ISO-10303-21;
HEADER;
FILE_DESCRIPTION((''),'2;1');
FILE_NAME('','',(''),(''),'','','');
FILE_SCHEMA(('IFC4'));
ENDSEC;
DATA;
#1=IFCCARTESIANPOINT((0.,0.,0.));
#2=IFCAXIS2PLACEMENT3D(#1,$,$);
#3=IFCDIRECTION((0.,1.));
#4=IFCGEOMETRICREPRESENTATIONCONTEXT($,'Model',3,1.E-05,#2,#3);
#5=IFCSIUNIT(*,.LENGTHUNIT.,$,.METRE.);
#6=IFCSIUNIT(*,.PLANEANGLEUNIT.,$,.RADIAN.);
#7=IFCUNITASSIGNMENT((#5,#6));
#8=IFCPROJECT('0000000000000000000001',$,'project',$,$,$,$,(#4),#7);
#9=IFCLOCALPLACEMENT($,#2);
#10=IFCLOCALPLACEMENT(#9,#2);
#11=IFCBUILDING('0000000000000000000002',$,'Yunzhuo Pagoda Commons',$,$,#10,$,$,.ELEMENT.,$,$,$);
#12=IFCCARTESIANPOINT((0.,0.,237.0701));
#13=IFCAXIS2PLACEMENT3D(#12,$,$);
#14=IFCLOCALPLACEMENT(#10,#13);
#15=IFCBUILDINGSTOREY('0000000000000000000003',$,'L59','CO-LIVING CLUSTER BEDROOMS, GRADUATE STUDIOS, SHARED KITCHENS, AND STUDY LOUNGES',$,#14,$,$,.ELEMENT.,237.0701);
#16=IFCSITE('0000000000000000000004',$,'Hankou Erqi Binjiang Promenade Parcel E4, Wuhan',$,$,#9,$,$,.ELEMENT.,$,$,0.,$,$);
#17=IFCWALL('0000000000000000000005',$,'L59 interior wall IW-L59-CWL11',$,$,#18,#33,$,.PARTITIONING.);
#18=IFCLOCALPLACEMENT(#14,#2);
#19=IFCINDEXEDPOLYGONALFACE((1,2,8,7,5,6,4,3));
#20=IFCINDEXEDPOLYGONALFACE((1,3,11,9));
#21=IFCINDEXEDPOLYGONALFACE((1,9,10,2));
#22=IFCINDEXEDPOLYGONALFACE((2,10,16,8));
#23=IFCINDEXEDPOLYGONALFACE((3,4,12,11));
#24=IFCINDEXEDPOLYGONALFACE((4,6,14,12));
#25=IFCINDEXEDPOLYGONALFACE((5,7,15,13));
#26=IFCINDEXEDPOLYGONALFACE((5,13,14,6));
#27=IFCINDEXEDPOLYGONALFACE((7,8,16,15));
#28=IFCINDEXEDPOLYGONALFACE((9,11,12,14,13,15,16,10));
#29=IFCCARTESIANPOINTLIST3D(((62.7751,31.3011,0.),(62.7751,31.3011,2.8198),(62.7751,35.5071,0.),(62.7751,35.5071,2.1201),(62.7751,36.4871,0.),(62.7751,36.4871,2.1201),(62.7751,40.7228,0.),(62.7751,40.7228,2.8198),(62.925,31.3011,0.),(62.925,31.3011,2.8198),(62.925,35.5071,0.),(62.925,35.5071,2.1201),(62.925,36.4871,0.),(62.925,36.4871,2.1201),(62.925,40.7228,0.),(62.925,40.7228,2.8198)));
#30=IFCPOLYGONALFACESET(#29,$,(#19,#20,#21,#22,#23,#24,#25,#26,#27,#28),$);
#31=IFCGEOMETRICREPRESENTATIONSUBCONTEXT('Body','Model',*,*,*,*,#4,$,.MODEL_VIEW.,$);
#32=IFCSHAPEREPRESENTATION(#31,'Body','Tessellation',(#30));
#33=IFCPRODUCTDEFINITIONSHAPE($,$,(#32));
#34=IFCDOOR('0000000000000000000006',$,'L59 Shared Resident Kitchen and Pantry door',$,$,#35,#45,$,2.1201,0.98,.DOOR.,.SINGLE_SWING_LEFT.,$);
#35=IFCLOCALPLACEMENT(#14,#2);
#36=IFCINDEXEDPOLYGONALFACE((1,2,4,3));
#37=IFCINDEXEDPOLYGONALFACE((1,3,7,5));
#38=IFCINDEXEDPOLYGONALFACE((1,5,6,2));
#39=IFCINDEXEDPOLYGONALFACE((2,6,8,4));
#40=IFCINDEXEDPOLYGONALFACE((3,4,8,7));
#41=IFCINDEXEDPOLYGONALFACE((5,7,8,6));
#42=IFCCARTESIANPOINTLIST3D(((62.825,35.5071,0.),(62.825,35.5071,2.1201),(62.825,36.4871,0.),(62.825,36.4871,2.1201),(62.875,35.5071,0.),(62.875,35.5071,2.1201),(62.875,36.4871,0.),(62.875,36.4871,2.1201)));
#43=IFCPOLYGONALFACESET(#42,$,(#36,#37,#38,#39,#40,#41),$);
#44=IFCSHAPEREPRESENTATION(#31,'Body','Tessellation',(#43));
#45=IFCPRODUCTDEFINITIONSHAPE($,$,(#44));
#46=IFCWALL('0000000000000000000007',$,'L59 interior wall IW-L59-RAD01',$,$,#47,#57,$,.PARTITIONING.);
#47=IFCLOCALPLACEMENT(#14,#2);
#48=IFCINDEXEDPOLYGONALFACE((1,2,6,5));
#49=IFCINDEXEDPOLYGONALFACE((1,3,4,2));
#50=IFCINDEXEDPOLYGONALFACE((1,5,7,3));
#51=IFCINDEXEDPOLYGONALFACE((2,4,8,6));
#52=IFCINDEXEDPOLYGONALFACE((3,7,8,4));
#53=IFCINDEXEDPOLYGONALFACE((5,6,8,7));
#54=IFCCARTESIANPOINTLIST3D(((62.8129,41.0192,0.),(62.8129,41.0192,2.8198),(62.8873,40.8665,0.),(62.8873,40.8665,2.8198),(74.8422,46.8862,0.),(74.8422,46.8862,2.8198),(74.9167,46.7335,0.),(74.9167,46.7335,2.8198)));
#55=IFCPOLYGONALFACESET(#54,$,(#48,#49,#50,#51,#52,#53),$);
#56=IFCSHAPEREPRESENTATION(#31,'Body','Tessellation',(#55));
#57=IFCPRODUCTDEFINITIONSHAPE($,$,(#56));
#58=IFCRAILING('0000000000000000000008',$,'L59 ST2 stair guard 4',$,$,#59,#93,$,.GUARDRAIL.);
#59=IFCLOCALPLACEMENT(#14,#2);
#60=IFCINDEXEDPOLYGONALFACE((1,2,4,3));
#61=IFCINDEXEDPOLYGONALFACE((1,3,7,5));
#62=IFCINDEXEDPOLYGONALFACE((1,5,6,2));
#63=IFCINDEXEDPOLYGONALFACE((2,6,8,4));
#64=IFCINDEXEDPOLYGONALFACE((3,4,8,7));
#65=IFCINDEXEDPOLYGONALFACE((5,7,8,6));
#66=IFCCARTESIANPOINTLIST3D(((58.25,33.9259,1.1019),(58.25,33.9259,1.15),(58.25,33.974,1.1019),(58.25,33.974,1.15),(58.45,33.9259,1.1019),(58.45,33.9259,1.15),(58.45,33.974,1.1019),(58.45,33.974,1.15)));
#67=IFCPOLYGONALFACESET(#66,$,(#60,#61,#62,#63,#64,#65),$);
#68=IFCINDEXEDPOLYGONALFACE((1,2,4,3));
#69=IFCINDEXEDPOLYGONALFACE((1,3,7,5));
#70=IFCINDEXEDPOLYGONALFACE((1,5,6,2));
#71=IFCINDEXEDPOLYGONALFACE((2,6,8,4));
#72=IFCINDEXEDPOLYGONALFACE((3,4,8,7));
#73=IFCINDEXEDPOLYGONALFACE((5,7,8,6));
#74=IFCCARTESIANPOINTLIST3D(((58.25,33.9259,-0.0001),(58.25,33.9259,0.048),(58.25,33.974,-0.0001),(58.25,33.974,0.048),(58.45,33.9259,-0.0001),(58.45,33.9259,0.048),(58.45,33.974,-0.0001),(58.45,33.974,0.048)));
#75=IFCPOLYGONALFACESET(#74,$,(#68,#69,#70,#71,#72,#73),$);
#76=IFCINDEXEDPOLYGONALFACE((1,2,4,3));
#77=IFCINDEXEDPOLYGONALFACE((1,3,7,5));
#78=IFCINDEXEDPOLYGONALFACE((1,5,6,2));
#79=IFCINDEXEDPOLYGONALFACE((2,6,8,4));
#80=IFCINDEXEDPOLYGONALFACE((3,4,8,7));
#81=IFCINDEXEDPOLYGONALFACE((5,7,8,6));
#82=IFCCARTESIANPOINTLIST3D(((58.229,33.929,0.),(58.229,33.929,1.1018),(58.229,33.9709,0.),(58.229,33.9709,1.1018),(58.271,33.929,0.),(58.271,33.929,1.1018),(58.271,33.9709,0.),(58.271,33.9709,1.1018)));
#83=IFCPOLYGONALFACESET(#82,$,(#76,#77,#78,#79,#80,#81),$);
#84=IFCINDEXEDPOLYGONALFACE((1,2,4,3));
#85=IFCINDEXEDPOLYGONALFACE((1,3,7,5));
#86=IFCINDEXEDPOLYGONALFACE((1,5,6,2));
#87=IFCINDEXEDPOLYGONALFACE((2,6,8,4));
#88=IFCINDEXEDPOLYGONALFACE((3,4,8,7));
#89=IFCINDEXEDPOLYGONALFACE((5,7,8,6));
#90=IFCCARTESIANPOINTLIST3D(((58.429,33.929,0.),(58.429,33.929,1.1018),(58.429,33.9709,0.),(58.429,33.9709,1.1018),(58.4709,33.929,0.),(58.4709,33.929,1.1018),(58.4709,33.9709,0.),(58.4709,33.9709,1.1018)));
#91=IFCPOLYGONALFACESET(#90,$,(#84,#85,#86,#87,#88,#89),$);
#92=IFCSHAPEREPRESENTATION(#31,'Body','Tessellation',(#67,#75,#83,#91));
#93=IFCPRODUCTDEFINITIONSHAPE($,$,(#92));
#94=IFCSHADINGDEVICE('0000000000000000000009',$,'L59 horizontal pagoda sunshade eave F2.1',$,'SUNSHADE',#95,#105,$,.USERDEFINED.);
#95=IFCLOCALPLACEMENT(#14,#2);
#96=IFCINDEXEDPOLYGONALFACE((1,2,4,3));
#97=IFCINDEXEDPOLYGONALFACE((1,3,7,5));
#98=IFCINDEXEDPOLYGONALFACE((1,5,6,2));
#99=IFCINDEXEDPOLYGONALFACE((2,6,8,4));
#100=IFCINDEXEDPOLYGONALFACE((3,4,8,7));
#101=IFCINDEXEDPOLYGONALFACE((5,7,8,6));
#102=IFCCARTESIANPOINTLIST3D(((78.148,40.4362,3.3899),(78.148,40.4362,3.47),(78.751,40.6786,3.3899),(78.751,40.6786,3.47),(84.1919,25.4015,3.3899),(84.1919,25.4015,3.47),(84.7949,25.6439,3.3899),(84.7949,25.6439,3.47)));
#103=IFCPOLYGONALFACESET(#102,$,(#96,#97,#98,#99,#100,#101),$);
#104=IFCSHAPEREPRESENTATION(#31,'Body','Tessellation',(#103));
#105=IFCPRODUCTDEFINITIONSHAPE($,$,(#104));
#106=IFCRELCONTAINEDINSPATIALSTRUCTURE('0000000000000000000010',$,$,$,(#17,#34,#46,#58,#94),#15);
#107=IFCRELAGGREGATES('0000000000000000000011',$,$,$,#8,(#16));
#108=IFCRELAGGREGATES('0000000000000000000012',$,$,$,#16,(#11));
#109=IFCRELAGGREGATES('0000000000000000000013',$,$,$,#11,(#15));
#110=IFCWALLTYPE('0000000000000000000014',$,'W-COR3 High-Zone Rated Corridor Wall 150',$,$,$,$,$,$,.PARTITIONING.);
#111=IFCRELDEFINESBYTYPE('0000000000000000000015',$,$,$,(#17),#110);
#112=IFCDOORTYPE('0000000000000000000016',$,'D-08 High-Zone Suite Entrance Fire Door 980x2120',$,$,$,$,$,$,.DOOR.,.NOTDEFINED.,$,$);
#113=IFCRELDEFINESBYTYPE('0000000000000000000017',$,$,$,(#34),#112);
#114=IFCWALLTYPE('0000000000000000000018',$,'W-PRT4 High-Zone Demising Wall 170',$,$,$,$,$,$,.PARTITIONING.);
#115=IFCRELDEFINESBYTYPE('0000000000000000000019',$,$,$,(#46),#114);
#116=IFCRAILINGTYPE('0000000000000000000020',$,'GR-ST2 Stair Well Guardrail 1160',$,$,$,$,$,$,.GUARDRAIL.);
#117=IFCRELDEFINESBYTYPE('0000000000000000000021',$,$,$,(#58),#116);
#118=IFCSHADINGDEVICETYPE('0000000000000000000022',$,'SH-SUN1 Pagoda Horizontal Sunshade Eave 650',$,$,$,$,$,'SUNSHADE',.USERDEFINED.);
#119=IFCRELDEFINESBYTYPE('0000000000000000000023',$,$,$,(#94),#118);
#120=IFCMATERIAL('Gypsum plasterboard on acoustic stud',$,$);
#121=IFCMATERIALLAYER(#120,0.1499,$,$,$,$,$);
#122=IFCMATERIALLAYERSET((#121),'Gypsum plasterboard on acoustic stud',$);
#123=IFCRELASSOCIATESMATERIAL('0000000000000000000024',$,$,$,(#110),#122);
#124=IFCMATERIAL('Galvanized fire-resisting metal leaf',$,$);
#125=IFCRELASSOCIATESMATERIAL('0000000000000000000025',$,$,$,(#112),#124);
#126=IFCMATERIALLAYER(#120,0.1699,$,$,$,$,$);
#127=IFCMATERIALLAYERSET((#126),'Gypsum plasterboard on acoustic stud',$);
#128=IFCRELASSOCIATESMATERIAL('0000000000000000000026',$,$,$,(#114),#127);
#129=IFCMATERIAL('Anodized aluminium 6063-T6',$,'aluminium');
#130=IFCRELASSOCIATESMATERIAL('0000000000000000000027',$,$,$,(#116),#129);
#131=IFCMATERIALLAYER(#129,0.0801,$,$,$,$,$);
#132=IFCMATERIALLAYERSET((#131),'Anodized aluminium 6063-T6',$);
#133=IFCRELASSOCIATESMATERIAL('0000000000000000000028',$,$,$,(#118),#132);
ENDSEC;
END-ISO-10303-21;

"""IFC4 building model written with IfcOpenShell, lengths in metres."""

from ifc_helpers import new_model, si_unit, direction, frame, frame_2d, origin, origin_with_axes, origin_2d, place, context, subcontext, project, spatial, rectangle, extrude, source, transform, mapped, material, layer, layer_set, type_object, element, fill, save


model = new_model("IFC4")

# Units and contexts
model_context = context("Model", 3, precision=1e-05, world=origin(), true_north=direction((0.0, 1.0)))
body_context = subcontext(model_context, "Body", "Model", "MODEL_VIEW")
ifc_project = project(units=[si_unit("LENGTHUNIT", "METRE"), si_unit("PLANEANGLEUNIT", "RADIAN")], contexts=[model_context])

# Site, building, storey
site_placement = place(None, origin())
site = spatial("IfcSite", under=ifc_project, at=site_placement, Name="Hankou Erqi Binjiang Promenade Parcel E4, Wuhan", CompositionType="ELEMENT", RefElevation=0.0)
building_placement = place(site_placement, origin())
building = spatial("IfcBuilding", under=site, at=building_placement, Name="Yunzhuo Pagoda Commons", CompositionType="ELEMENT")
storey_placement = place(building_placement, frame((0.0, 0.0, 237.0701)))
storey = spatial("IfcBuildingStorey", under=building, at=storey_placement, Name="L59", Description="CO-LIVING CLUSTER BEDROOMS, GRADUATE STUDIOS, SHARED KITCHENS, AND STUDY LOUNGES", CompositionType="ELEMENT", Elevation=237.0701)

# Shared definitions
ifc_material_1 = material(Name="Anodized aluminium 6063-T6", Category="aluminium")

# Shared definitions
ifc_material_2 = material(Name="Gypsum plasterboard on acoustic stud")
ifc_layer_1 = layer(ifc_material_2, 0.1499)
ifc_layer_set_1 = layer_set([ifc_layer_1], Name="Gypsum plasterboard on acoustic stud")
wall_type_1 = type_object("IfcWallType", Name="W-COR3 High-Zone Rated Corridor Wall 150", PredefinedType="PARTITIONING", material=ifc_layer_set_1)

# Wall, opening, door
wall_1_placement = place(storey_placement, frame((62.8501, 40.7229, 0.0), z_axis=(0.0, 0.0, 1.0), x_axis=(0.0, -1.0, 0.0)))
wall_1 = element("IfcWall", 1, at=wall_1_placement, inside=storey, type_object=wall_type_1, Name="L59 interior wall IW-L59-CWL11", PredefinedType="PARTITIONING", context=body_context, shape_type="SweptSolid", body=[
    extrude(rectangle(XDim=9.4216, YDim=0.1499, at=frame_2d((4.7109, 0.0))), origin(), (0.0, 0.0, 1.0), 2.8198),
])
opening_placement = place(wall_1_placement, frame((4.2358, 0.0, 0.0)))
opening = element("IfcOpeningElement", 2, at=opening_placement, cuts=wall_1, PredefinedType="OPENING", context=body_context, shape_type="SweptSolid", body=[
    extrude(rectangle(XDim=0.98, YDim=2.1201, at=frame_2d((0.49, 1.0601))), frame((0.0, 0.085, 0.0), z_axis=(0.0, -1.0, 0.0), x_axis=(1.0, 0.0, 0.0)), (0.0, 0.0, 1.0), 0.1699),
])
ifc_material_3 = material(Name="Galvanized fire-resisting metal leaf")
door_type = type_object("IfcDoorType", Name="D-08 High-Zone Suite Entrance Fire Door 980x2120", OperationType="NOTDEFINED", PredefinedType="DOOR", material=ifc_material_3)
shared_shape_1 = source(origin(), body_context, "Body", "SweptSolid", [
    extrude(rectangle(XDim=0.98, YDim=2.1201, at=frame_2d((0.49, 1.0601))), frame((0.0, 0.0249, 0.0), z_axis=(0.0, -1.0, 0.0), x_axis=(1.0, 0.0, 0.0)), (0.0, 0.0, 1.0), 0.05),
])
door_placement = place(opening_placement, origin_with_axes())
door = element("IfcDoor", 3, at=door_placement, inside=storey, type_object=door_type, Name="L59 Shared Resident Kitchen and Pantry door", OperationType="SINGLE_SWING_LEFT", OverallHeight=2.1201, OverallWidth=0.98, PredefinedType="DOOR", context=body_context, shape_type="MappedRepresentation", body=[
    mapped(shared_shape_1, transform((0.0, 0.0, 0.0), scale=1.0)),
])
fill(opening, door)

# Wall
ifc_layer_2 = layer(ifc_material_2, 0.1699)
ifc_layer_set_2 = layer_set([ifc_layer_2], Name="Gypsum plasterboard on acoustic stud")
wall_type_2 = type_object("IfcWallType", Name="W-PRT4 High-Zone Demising Wall 170", PredefinedType="PARTITIONING", material=ifc_layer_set_2)
wall_2_placement = place(storey_placement, frame((62.8501, 40.9429, 0.0), z_axis=(0.0, 0.0, 1.0), x_axis=(0.898798, 0.438363, 0.0)))
element("IfcWall", 4, at=wall_2_placement, inside=storey, type_object=wall_type_2, Name="L59 interior wall IW-L59-RAD01", PredefinedType="PARTITIONING", context=body_context, shape_type="SweptSolid", body=[
    extrude(rectangle(XDim=13.3838, YDim=0.1699, at=frame_2d((6.6919, 0.0))), origin(), (0.0, 0.0, 1.0), 2.8198),
])

# Railing
railing_type = type_object("IfcRailingType", Name="GR-ST2 Stair Well Guardrail 1160", PredefinedType="GUARDRAIL", material=ifc_material_1)
railing_placement = place(storey_placement, frame((58.25, 33.95, 0.0)))
element("IfcRailing", 5, at=railing_placement, inside=storey, type_object=railing_type, Name="L59 ST2 stair guard 4", PredefinedType="GUARDRAIL", context=body_context, shape_type="SweptSolid", body=[
    extrude(rectangle(XDim=0.0481, YDim=0.0481, at=origin_2d()), frame((0.0, 0.0, 1.126), z_axis=(1.0, 0.0, 0.0), x_axis=(0.0, 1.0, 0.0)), (0.0, 0.0, 1.0), 0.2),
    extrude(rectangle(XDim=0.0481, YDim=0.0481, at=origin_2d()), frame((0.0, 0.0, 0.0239), z_axis=(1.0, 0.0, 0.0), x_axis=(0.0, 1.0, 0.0)), (0.0, 0.0, 1.0), 0.2),
    extrude(rectangle(XDim=0.042, YDim=0.042, at=origin_2d()), origin(), (0.0, 0.0, 1.0), 1.1018),
    extrude(rectangle(XDim=0.042, YDim=0.042, at=origin_2d()), frame((0.2, 0.0, 0.0)), (0.0, 0.0, 1.0), 1.1018),
])

# Shading device
ifc_layer_3 = layer(ifc_material_1, 0.0801)
ifc_layer_set_3 = layer_set([ifc_layer_3], Name="Anodized aluminium 6063-T6")
shading_device_type = type_object("IfcShadingDeviceType", Name="SH-SUN1 Pagoda Horizontal Sunshade Eave 650", ElementType="SUNSHADE", PredefinedType="USERDEFINED", material=ifc_layer_set_3)
shared_shape_2 = source(origin(), body_context, "Body", "SweptSolid", [
    extrude(rectangle(XDim=16.2041, YDim=0.6499, at=origin_2d()), origin(), (0.0, 0.0, 1.0), 0.0801),
])
shading_device_placement = place(storey_placement, frame((81.4714, 33.04, 3.3899), z_axis=(0.0, 0.0, 1.0), x_axis=(-0.372988, 0.927836, 0.0)))
element("IfcShadingDevice", 6, at=shading_device_placement, inside=storey, type_object=shading_device_type, Name="L59 horizontal pagoda sunshade eave F2.1", ObjectType="SUNSHADE", PredefinedType="USERDEFINED", context=body_context, shape_type="MappedRepresentation", body=[
    mapped(shared_shape_2, transform((0.0, 0.0, 0.0), scale=1.0)),
])

save(model, "model.ifc")
